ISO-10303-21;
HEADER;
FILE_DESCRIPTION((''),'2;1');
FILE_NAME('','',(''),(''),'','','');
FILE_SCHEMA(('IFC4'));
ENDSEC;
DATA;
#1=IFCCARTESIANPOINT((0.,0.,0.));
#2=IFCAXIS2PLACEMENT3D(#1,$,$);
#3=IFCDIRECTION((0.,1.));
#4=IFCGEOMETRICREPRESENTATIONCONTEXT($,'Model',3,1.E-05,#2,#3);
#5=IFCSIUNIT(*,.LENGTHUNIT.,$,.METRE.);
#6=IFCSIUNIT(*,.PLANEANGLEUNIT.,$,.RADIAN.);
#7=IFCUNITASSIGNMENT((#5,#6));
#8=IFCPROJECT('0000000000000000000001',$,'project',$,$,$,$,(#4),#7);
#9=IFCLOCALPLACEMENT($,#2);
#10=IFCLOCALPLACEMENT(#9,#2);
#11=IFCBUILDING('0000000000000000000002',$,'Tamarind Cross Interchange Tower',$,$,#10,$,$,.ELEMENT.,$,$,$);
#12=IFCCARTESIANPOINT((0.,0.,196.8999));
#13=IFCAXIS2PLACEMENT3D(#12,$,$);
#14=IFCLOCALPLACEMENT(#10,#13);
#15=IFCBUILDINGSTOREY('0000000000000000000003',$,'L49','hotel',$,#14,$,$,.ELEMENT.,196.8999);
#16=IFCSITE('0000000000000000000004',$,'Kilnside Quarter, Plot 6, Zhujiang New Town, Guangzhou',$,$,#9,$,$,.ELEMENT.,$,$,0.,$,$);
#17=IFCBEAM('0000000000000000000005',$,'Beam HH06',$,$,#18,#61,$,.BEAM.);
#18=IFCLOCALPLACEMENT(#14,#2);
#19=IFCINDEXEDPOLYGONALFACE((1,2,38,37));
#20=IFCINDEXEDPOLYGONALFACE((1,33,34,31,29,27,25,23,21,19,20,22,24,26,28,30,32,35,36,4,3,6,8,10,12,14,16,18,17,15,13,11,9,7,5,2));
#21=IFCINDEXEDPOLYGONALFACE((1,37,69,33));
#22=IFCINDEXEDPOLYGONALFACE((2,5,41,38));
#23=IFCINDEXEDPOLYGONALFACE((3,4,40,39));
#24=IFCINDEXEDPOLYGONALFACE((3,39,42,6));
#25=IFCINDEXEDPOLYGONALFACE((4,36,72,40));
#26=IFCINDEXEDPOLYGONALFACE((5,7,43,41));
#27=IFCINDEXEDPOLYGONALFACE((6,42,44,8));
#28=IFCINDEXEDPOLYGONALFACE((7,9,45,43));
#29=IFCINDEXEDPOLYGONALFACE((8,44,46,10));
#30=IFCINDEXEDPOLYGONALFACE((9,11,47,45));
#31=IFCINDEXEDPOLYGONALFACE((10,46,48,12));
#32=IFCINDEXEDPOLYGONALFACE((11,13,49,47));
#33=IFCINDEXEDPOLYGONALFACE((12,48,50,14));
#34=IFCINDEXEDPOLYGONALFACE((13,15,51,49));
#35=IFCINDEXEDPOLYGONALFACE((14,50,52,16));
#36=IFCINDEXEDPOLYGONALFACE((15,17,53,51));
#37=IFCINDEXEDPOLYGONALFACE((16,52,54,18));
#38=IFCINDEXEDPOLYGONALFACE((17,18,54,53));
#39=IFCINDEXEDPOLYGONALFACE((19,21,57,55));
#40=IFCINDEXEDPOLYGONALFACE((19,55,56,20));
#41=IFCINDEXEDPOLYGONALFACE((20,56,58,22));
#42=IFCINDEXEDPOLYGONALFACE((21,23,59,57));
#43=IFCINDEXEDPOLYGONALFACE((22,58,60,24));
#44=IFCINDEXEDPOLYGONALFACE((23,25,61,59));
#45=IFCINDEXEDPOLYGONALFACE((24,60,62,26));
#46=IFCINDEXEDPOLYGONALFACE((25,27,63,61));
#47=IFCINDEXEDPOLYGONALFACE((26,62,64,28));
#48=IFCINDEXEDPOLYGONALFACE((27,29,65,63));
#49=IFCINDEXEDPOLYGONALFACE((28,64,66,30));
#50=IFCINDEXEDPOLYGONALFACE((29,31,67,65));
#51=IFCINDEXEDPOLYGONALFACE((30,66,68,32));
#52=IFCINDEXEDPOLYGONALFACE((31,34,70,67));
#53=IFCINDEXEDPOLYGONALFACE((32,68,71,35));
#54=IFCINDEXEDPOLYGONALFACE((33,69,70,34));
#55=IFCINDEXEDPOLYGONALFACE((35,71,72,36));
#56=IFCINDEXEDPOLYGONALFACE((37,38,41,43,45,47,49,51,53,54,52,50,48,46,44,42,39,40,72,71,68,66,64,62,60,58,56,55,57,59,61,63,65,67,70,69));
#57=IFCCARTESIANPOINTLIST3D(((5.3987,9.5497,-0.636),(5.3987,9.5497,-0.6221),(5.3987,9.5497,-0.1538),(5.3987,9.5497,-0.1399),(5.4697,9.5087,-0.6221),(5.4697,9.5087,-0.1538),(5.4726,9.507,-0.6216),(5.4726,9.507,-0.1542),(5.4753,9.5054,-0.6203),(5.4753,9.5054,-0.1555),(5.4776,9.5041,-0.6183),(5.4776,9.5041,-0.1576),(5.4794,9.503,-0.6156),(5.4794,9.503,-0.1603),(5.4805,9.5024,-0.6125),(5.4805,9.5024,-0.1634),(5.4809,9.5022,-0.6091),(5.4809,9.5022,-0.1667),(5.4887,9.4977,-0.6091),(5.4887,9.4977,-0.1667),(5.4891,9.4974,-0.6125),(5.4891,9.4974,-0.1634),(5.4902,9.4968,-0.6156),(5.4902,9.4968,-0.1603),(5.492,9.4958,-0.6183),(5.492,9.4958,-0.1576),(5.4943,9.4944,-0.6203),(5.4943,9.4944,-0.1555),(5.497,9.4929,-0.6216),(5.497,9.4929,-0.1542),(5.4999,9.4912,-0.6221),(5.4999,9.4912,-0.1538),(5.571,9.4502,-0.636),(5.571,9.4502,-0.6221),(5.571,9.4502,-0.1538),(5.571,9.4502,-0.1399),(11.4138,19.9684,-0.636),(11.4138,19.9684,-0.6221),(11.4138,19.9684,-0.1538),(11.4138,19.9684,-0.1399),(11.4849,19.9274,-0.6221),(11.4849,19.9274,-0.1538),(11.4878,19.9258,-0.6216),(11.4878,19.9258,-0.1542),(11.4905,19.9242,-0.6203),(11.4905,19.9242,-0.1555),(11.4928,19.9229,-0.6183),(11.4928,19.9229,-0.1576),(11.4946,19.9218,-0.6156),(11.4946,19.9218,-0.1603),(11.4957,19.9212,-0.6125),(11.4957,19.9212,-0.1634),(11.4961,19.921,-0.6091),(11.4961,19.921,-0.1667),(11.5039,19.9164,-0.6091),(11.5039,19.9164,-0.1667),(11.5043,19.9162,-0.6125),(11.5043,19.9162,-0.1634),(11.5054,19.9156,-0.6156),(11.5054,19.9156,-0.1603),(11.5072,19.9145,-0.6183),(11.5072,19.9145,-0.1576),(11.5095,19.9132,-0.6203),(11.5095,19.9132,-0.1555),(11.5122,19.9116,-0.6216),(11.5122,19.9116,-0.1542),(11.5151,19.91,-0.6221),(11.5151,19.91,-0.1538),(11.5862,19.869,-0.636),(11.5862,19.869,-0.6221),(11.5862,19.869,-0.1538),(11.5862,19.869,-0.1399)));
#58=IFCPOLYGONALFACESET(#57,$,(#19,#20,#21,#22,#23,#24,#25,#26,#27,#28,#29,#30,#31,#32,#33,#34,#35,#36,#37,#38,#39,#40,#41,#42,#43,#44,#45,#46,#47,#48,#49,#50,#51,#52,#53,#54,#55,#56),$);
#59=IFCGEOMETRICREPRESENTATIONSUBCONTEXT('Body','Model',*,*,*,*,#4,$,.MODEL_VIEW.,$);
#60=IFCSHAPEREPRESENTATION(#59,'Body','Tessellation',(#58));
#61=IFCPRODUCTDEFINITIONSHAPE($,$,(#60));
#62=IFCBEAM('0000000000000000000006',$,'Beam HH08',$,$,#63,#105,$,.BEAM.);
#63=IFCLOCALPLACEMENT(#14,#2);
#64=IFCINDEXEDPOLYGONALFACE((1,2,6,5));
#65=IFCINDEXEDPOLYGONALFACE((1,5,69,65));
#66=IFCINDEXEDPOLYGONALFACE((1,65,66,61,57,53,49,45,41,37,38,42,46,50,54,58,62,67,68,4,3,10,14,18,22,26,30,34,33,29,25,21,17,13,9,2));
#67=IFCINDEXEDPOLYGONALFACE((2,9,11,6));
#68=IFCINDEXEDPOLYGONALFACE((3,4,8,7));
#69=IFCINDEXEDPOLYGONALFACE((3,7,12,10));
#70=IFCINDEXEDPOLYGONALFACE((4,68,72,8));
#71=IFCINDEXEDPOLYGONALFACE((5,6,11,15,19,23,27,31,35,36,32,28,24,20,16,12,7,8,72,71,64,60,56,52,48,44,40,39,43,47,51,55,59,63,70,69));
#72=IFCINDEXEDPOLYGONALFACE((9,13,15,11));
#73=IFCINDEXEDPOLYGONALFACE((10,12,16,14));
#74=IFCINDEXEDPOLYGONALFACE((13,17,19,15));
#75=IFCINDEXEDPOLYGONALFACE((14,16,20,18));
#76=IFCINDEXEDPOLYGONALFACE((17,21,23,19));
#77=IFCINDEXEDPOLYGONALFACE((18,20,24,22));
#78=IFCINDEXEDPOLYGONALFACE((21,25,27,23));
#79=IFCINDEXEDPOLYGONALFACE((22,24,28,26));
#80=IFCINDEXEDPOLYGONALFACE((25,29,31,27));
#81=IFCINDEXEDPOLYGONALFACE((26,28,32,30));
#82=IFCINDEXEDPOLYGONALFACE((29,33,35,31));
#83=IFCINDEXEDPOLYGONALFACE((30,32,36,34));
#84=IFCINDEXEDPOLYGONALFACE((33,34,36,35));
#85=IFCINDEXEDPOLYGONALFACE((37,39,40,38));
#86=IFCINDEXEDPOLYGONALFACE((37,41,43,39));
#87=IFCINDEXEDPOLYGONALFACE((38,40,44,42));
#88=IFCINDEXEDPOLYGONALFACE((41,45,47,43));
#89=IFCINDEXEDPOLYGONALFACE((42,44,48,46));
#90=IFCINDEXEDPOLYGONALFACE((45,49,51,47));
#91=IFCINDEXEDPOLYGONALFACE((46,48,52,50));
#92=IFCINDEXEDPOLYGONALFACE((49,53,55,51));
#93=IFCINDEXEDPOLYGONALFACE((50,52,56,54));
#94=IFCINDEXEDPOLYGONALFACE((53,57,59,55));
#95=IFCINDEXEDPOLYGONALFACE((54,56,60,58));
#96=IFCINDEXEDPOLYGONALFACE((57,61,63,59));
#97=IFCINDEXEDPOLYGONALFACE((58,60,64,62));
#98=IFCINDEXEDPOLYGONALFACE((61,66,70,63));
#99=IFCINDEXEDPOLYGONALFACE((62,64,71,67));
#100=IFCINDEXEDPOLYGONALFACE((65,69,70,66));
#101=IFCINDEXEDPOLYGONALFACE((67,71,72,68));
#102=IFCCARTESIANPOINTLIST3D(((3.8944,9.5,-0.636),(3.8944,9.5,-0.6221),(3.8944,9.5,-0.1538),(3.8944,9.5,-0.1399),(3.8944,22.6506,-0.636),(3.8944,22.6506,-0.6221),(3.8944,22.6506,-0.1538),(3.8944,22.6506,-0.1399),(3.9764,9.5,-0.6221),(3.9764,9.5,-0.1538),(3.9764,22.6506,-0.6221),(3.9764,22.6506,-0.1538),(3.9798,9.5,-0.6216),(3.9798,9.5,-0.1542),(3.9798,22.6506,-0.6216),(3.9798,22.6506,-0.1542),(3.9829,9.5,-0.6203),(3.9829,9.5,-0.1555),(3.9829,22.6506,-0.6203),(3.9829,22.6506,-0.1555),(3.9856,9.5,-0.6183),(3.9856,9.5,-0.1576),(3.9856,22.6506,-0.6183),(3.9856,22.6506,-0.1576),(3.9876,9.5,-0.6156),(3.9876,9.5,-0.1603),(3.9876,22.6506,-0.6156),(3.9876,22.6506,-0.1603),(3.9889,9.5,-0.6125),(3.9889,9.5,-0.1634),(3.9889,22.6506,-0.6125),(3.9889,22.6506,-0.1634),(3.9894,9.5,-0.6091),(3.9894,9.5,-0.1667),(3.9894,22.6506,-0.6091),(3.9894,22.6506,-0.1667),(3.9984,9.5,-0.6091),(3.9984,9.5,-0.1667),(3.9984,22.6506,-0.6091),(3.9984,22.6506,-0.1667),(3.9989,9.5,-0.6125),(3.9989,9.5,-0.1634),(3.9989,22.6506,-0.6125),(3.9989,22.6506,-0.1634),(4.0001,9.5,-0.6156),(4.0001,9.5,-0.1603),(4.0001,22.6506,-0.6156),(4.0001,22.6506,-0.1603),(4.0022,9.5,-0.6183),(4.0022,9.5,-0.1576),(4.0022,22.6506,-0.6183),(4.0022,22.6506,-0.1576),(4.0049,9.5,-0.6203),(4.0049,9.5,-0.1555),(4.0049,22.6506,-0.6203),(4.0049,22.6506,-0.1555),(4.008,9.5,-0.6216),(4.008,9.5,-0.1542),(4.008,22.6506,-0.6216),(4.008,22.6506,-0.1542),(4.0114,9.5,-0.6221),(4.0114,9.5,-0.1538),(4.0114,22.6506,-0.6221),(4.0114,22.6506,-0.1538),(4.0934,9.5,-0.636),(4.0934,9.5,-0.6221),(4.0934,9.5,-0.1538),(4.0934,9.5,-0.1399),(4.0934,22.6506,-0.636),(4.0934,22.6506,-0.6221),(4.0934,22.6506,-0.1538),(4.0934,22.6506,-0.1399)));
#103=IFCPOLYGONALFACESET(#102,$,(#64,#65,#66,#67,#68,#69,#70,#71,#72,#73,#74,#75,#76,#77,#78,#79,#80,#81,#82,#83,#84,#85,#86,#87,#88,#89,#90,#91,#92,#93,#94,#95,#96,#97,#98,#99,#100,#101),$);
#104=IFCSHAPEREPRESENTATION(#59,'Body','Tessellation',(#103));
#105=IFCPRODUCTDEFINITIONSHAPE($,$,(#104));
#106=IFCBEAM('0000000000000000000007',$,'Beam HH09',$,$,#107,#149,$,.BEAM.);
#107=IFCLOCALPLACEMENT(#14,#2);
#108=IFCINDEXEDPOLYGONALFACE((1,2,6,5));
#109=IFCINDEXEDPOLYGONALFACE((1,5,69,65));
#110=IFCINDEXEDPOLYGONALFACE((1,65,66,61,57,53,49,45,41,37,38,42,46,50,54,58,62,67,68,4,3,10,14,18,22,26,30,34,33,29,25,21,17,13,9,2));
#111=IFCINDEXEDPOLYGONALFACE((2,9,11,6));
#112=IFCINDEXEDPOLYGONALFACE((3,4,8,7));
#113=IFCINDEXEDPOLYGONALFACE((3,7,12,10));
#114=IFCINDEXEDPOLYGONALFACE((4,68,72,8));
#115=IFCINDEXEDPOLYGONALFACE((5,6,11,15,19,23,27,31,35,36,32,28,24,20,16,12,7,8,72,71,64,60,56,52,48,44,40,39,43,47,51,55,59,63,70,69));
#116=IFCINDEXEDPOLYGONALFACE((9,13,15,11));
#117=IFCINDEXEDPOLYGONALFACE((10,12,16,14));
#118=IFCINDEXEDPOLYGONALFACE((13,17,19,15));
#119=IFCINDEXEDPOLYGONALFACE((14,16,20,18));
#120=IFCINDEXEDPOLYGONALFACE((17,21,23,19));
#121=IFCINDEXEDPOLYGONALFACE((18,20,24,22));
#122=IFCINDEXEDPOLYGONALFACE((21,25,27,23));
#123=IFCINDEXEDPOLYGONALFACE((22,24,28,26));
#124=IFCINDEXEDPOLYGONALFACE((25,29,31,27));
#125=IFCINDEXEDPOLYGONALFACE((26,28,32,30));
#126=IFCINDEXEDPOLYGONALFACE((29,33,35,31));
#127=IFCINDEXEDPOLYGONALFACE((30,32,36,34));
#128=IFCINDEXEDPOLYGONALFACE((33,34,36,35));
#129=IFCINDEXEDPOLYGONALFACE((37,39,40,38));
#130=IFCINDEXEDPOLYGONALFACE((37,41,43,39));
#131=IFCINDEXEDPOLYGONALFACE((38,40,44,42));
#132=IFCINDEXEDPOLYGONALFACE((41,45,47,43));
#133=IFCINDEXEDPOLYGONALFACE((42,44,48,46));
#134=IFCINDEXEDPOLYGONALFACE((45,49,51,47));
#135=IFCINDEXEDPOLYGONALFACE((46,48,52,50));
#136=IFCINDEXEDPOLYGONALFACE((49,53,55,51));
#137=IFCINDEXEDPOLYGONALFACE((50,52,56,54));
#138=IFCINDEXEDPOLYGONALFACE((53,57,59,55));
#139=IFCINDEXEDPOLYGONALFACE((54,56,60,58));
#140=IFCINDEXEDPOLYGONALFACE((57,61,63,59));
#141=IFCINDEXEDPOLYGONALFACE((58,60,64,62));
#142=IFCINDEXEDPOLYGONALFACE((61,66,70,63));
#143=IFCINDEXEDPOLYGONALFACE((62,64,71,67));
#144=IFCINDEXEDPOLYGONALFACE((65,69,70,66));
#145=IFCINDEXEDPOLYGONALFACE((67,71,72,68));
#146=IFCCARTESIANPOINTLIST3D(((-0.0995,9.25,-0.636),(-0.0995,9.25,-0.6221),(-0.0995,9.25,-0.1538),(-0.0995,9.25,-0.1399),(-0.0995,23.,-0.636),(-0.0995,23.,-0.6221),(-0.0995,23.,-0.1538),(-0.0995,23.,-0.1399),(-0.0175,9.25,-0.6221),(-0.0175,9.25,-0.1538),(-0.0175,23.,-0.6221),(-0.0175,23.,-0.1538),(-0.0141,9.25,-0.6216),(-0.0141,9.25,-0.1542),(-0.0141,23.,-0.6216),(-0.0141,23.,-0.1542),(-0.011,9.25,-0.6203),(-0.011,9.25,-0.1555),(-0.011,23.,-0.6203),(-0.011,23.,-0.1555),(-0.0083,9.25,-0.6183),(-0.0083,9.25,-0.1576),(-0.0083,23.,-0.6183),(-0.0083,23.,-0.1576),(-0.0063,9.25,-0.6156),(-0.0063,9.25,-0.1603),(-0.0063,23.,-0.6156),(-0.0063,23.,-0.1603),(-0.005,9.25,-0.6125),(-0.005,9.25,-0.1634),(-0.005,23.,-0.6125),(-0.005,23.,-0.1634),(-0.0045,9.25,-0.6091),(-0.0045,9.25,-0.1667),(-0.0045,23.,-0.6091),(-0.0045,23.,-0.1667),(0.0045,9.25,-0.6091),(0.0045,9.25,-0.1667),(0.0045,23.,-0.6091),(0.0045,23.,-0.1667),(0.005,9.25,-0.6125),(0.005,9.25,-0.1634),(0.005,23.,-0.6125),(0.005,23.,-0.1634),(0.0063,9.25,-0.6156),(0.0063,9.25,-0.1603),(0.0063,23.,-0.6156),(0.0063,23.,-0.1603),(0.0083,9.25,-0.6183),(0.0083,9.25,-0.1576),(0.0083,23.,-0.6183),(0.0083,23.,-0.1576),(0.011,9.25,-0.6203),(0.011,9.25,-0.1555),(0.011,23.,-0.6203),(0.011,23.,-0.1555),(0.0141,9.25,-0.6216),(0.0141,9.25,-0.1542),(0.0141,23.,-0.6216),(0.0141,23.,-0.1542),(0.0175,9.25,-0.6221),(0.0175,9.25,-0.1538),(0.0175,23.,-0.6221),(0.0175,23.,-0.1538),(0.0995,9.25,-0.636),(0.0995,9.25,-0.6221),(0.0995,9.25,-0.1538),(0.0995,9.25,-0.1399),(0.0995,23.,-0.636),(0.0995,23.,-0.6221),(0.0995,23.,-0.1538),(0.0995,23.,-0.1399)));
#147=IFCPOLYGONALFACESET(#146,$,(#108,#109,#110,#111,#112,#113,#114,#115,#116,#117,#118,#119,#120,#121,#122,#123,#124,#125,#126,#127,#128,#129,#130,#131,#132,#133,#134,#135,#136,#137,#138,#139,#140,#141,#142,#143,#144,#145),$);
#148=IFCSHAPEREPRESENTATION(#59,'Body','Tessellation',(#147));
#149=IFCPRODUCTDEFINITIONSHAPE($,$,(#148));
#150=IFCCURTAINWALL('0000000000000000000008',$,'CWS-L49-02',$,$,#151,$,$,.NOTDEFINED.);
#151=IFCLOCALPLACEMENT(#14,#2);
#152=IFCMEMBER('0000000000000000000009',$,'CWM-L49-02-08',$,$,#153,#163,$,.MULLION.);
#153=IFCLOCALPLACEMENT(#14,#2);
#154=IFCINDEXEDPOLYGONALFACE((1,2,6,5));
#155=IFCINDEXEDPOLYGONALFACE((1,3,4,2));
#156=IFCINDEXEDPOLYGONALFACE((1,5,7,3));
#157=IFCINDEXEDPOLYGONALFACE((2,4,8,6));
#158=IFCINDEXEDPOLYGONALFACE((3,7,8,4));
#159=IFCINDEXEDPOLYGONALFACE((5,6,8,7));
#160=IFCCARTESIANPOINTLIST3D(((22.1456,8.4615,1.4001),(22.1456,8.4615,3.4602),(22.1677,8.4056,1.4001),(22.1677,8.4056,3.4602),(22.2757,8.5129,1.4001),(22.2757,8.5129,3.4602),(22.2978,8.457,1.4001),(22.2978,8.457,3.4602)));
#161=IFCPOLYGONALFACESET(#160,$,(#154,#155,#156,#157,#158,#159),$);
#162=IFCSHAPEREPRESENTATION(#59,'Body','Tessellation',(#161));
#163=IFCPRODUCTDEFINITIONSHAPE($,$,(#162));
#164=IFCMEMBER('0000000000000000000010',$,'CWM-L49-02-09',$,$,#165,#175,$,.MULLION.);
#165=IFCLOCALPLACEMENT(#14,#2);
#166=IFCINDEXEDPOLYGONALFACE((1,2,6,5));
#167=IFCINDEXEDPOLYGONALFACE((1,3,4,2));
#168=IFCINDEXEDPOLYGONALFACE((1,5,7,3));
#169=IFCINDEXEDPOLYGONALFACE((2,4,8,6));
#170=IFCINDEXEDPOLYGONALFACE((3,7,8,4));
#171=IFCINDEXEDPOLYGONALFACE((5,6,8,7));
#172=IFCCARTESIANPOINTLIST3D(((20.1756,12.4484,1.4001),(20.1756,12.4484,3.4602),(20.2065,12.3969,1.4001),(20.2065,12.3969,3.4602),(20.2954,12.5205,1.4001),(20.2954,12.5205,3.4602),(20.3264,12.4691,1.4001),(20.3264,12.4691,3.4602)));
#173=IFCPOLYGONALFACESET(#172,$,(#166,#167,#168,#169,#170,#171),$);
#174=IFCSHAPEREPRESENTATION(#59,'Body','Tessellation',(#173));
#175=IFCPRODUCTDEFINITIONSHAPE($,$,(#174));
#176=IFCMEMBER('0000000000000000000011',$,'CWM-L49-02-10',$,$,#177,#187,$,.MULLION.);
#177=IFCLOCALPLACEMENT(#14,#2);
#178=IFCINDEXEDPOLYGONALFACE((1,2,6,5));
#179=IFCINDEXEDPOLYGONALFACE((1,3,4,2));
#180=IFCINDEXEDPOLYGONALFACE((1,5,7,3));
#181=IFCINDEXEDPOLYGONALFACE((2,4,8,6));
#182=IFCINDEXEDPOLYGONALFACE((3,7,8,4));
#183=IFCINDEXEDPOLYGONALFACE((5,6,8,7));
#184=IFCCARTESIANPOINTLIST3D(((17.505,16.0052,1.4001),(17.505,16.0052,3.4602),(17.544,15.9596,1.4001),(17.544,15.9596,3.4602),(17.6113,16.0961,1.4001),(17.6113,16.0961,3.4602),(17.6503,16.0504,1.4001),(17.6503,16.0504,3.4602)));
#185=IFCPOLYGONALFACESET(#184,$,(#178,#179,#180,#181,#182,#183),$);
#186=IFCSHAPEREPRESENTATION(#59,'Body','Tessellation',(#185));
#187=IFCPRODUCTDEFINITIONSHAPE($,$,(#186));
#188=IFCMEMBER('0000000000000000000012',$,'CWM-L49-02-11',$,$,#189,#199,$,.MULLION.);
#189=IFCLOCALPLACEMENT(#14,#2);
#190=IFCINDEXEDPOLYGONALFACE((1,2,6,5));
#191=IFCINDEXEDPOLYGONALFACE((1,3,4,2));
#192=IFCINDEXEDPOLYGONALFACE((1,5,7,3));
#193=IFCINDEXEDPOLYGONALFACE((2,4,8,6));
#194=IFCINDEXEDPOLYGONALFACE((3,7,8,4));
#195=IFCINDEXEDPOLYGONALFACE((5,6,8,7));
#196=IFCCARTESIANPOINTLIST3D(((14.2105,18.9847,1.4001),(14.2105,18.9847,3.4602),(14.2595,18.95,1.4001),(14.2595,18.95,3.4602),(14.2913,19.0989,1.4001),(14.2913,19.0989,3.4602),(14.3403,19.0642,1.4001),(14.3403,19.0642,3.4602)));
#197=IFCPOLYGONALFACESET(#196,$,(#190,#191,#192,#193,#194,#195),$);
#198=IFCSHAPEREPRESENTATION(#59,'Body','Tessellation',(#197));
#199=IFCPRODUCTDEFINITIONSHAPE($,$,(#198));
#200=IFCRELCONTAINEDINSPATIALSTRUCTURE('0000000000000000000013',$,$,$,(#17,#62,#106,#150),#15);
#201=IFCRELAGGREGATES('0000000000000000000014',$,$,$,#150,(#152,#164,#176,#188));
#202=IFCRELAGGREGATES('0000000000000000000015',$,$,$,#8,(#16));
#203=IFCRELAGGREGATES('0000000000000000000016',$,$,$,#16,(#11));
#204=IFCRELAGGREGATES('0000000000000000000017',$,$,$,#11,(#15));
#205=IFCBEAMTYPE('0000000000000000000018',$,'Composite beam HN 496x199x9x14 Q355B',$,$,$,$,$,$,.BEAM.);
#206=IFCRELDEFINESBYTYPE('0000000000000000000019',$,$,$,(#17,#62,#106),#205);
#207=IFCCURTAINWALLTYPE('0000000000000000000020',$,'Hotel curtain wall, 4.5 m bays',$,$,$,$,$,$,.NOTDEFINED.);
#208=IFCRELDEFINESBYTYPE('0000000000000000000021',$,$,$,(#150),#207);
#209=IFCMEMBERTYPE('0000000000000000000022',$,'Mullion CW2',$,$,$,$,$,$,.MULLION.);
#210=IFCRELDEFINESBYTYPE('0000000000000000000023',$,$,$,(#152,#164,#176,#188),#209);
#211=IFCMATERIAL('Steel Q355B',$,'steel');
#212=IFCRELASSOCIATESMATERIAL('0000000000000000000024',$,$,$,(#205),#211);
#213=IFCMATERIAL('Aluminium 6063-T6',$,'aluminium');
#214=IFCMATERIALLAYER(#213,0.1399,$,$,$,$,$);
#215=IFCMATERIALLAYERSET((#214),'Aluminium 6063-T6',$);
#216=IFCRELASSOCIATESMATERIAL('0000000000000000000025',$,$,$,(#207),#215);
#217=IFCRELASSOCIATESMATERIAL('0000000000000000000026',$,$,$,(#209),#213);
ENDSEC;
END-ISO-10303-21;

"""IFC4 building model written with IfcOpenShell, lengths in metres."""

from ifc_helpers import new_model, si_unit, direction, frame, origin, origin_2d, place, context, subcontext, project, spatial, rectangle, i_section, extrude, material, layer, layer_set, material_profile, profile_set, type_object, element, aggregate, save


model = new_model("IFC4")

# Units and contexts
model_context = context("Model", 3, precision=1e-05, world=origin(), true_north=direction((0.0, 1.0)))
body_context = subcontext(model_context, "Body", "Model", "MODEL_VIEW")
ifc_project = project(units=[si_unit("LENGTHUNIT", "METRE"), si_unit("PLANEANGLEUNIT", "RADIAN")], contexts=[model_context])

# Site, building, storey
site_placement = place(None, origin())
site = spatial("IfcSite", under=ifc_project, at=site_placement, Name="Kilnside Quarter, Plot 6, Zhujiang New Town, Guangzhou", CompositionType="ELEMENT", RefElevation=0.0)
building_placement = place(site_placement, origin())
building = spatial("IfcBuilding", under=site, at=building_placement, Name="Tamarind Cross Interchange Tower", CompositionType="ELEMENT")
storey_placement = place(building_placement, frame((0.0, 0.0, 196.8999)))
storey = spatial("IfcBuildingStorey", under=building, at=storey_placement, Name="L49", Description="hotel", CompositionType="ELEMENT", Elevation=196.8999)

# Beams
ifc_material_1 = material(Name="Steel Q355B", Category="steel")
ifc_material_profile_1 = material_profile(ifc_material_1, i_section(OverallWidth=0.199, OverallDepth=0.4961, WebThickness=0.009, FlangeThickness=0.0139, FilletRadius=0.0129, at=origin_2d()), Name="HN 496x199x9x14")
ifc_profile_set_1 = profile_set([ifc_material_profile_1], Name="Steel Q355B")
beam_type = type_object("IfcBeamType", Name="Composite beam HN 496x199x9x14 Q355B", PredefinedType="BEAM", material=ifc_profile_set_1)
beam_1_placement = place(storey_placement, frame((11.5, 19.9187, -0.3879), z_axis=(-0.499994, -0.866029, 0.0), x_axis=(0.866029, -0.499994, 0.0)))
element("IfcBeam", 1, at=beam_1_placement, inside=storey, type_object=beam_type, Name="Beam HH06", PredefinedType="BEAM", context=body_context, shape_type="SweptSolid", body=[
    extrude(i_section(OverallWidth=0.199, OverallDepth=0.4961, WebThickness=0.009, FlangeThickness=0.0139, FilletRadius=0.0129, at=origin_2d()), origin(), (0.0, 0.0, 1.0), 12.0305),
])
beam_2_placement = place(storey_placement, frame((3.9939, 22.6506, -0.3879), z_axis=(0.0, -1.0, 0.0), x_axis=(1.0, 0.0, 0.0)))
element("IfcBeam", 2, at=beam_2_placement, inside=storey, type_object=beam_type, Name="Beam HH08", PredefinedType="BEAM", context=body_context, shape_type="SweptSolid", body=[
    extrude(i_section(OverallWidth=0.199, OverallDepth=0.4961, WebThickness=0.009, FlangeThickness=0.0139, FilletRadius=0.0129, at=origin_2d()), origin(), (0.0, 0.0, 1.0), 13.1506),
])
beam_3_placement = place(storey_placement, frame((0.0, 23.0, -0.3879), z_axis=(0.0, -1.0, 0.0), x_axis=(1.0, 0.0, 0.0)))
element("IfcBeam", 3, at=beam_3_placement, inside=storey, type_object=beam_type, Name="Beam HH09", PredefinedType="BEAM", context=body_context, shape_type="SweptSolid", body=[
    extrude(i_section(OverallWidth=0.199, OverallDepth=0.4961, WebThickness=0.009, FlangeThickness=0.0139, FilletRadius=0.0129, at=origin_2d()), origin(), (0.0, 0.0, 1.0), 13.75),
])

# Curtain wall, members
ifc_material_2 = material(Name="Aluminium 6063-T6", Category="aluminium")
ifc_layer_1 = layer(ifc_material_2, 0.1399)
ifc_layer_set_1 = layer_set([ifc_layer_1], Name="Aluminium 6063-T6")
curtain_wall_type = type_object("IfcCurtainWallType", Name="Hotel curtain wall, 4.5 m bays", PredefinedType="NOTDEFINED", material=ifc_layer_set_1)
curtain_wall_1_placement = place(storey_placement, origin())
curtain_wall_1 = element("IfcCurtainWall", 4, at=curtain_wall_1_placement, inside=storey, type_object=curtain_wall_type, Name="CWS-L49-02", PredefinedType="NOTDEFINED")
ifc_material_profile_2 = material_profile(ifc_material_2, rectangle(XDim=0.0601, YDim=0.1399, at=origin_2d()), Name="Mullion CW2")
ifc_profile_set_2 = profile_set([ifc_material_profile_2], Name="Aluminium 6063-T6")
member_type = type_object("IfcMemberType", Name="Mullion CW2", PredefinedType="MULLION", material=ifc_profile_set_2)
member_1_placement = place(storey_placement, frame((22.2217, 8.4592, 1.4001), z_axis=(0.0, 0.0, 1.0), x_axis=(-0.367514, 0.930018, 0.0)))
member_1 = element("IfcMember", 5, at=member_1_placement, type_object=member_type, Name="CWM-L49-02-08", PredefinedType="MULLION", context=body_context, shape_type="SweptSolid", body=[
    extrude(rectangle(XDim=0.0601, YDim=0.1399, at=origin_2d()), origin(), (0.0, 0.0, 1.0), 2.0601),
])
member_2_placement = place(storey_placement, frame((20.251, 12.4587, 1.4001), z_axis=(0.0, 0.0, 1.0), x_axis=(-0.515577, 0.856843, 0.0)))
member_2 = element("IfcMember", 6, at=member_2_placement, type_object=member_type, Name="CWM-L49-02-09", PredefinedType="MULLION", context=body_context, shape_type="SweptSolid", body=[
    extrude(rectangle(XDim=0.0601, YDim=0.1399, at=origin_2d()), origin(), (0.0, 0.0, 1.0), 2.0601),
])
member_3_placement = place(storey_placement, frame((17.5776, 16.0278, 1.4001), z_axis=(0.0, 0.0, 1.0), x_axis=(-0.649577, 0.760296, 0.0)))
member_3 = element("IfcMember", 7, at=member_3_placement, type_object=member_type, Name="CWM-L49-02-10", PredefinedType="MULLION", context=body_context, shape_type="SweptSolid", body=[
    extrude(rectangle(XDim=0.0601, YDim=0.1399, at=origin_2d()), origin(), (0.0, 0.0, 1.0), 2.0601),
])
member_4_placement = place(storey_placement, frame((14.2754, 19.0244, 1.4001), z_axis=(0.0, 0.0, 1.0), x_axis=(-0.816342, 0.577569, 0.0)))
member_4 = element("IfcMember", 8, at=member_4_placement, type_object=member_type, Name="CWM-L49-02-11", PredefinedType="MULLION", context=body_context, shape_type="SweptSolid", body=[
    extrude(rectangle(XDim=0.0601, YDim=0.1399, at=origin_2d()), origin(), (0.0, 0.0, 1.0), 2.0601),
])
aggregate(curtain_wall_1, [member_1, member_2, member_3, member_4])

save(model, "model.ifc")
